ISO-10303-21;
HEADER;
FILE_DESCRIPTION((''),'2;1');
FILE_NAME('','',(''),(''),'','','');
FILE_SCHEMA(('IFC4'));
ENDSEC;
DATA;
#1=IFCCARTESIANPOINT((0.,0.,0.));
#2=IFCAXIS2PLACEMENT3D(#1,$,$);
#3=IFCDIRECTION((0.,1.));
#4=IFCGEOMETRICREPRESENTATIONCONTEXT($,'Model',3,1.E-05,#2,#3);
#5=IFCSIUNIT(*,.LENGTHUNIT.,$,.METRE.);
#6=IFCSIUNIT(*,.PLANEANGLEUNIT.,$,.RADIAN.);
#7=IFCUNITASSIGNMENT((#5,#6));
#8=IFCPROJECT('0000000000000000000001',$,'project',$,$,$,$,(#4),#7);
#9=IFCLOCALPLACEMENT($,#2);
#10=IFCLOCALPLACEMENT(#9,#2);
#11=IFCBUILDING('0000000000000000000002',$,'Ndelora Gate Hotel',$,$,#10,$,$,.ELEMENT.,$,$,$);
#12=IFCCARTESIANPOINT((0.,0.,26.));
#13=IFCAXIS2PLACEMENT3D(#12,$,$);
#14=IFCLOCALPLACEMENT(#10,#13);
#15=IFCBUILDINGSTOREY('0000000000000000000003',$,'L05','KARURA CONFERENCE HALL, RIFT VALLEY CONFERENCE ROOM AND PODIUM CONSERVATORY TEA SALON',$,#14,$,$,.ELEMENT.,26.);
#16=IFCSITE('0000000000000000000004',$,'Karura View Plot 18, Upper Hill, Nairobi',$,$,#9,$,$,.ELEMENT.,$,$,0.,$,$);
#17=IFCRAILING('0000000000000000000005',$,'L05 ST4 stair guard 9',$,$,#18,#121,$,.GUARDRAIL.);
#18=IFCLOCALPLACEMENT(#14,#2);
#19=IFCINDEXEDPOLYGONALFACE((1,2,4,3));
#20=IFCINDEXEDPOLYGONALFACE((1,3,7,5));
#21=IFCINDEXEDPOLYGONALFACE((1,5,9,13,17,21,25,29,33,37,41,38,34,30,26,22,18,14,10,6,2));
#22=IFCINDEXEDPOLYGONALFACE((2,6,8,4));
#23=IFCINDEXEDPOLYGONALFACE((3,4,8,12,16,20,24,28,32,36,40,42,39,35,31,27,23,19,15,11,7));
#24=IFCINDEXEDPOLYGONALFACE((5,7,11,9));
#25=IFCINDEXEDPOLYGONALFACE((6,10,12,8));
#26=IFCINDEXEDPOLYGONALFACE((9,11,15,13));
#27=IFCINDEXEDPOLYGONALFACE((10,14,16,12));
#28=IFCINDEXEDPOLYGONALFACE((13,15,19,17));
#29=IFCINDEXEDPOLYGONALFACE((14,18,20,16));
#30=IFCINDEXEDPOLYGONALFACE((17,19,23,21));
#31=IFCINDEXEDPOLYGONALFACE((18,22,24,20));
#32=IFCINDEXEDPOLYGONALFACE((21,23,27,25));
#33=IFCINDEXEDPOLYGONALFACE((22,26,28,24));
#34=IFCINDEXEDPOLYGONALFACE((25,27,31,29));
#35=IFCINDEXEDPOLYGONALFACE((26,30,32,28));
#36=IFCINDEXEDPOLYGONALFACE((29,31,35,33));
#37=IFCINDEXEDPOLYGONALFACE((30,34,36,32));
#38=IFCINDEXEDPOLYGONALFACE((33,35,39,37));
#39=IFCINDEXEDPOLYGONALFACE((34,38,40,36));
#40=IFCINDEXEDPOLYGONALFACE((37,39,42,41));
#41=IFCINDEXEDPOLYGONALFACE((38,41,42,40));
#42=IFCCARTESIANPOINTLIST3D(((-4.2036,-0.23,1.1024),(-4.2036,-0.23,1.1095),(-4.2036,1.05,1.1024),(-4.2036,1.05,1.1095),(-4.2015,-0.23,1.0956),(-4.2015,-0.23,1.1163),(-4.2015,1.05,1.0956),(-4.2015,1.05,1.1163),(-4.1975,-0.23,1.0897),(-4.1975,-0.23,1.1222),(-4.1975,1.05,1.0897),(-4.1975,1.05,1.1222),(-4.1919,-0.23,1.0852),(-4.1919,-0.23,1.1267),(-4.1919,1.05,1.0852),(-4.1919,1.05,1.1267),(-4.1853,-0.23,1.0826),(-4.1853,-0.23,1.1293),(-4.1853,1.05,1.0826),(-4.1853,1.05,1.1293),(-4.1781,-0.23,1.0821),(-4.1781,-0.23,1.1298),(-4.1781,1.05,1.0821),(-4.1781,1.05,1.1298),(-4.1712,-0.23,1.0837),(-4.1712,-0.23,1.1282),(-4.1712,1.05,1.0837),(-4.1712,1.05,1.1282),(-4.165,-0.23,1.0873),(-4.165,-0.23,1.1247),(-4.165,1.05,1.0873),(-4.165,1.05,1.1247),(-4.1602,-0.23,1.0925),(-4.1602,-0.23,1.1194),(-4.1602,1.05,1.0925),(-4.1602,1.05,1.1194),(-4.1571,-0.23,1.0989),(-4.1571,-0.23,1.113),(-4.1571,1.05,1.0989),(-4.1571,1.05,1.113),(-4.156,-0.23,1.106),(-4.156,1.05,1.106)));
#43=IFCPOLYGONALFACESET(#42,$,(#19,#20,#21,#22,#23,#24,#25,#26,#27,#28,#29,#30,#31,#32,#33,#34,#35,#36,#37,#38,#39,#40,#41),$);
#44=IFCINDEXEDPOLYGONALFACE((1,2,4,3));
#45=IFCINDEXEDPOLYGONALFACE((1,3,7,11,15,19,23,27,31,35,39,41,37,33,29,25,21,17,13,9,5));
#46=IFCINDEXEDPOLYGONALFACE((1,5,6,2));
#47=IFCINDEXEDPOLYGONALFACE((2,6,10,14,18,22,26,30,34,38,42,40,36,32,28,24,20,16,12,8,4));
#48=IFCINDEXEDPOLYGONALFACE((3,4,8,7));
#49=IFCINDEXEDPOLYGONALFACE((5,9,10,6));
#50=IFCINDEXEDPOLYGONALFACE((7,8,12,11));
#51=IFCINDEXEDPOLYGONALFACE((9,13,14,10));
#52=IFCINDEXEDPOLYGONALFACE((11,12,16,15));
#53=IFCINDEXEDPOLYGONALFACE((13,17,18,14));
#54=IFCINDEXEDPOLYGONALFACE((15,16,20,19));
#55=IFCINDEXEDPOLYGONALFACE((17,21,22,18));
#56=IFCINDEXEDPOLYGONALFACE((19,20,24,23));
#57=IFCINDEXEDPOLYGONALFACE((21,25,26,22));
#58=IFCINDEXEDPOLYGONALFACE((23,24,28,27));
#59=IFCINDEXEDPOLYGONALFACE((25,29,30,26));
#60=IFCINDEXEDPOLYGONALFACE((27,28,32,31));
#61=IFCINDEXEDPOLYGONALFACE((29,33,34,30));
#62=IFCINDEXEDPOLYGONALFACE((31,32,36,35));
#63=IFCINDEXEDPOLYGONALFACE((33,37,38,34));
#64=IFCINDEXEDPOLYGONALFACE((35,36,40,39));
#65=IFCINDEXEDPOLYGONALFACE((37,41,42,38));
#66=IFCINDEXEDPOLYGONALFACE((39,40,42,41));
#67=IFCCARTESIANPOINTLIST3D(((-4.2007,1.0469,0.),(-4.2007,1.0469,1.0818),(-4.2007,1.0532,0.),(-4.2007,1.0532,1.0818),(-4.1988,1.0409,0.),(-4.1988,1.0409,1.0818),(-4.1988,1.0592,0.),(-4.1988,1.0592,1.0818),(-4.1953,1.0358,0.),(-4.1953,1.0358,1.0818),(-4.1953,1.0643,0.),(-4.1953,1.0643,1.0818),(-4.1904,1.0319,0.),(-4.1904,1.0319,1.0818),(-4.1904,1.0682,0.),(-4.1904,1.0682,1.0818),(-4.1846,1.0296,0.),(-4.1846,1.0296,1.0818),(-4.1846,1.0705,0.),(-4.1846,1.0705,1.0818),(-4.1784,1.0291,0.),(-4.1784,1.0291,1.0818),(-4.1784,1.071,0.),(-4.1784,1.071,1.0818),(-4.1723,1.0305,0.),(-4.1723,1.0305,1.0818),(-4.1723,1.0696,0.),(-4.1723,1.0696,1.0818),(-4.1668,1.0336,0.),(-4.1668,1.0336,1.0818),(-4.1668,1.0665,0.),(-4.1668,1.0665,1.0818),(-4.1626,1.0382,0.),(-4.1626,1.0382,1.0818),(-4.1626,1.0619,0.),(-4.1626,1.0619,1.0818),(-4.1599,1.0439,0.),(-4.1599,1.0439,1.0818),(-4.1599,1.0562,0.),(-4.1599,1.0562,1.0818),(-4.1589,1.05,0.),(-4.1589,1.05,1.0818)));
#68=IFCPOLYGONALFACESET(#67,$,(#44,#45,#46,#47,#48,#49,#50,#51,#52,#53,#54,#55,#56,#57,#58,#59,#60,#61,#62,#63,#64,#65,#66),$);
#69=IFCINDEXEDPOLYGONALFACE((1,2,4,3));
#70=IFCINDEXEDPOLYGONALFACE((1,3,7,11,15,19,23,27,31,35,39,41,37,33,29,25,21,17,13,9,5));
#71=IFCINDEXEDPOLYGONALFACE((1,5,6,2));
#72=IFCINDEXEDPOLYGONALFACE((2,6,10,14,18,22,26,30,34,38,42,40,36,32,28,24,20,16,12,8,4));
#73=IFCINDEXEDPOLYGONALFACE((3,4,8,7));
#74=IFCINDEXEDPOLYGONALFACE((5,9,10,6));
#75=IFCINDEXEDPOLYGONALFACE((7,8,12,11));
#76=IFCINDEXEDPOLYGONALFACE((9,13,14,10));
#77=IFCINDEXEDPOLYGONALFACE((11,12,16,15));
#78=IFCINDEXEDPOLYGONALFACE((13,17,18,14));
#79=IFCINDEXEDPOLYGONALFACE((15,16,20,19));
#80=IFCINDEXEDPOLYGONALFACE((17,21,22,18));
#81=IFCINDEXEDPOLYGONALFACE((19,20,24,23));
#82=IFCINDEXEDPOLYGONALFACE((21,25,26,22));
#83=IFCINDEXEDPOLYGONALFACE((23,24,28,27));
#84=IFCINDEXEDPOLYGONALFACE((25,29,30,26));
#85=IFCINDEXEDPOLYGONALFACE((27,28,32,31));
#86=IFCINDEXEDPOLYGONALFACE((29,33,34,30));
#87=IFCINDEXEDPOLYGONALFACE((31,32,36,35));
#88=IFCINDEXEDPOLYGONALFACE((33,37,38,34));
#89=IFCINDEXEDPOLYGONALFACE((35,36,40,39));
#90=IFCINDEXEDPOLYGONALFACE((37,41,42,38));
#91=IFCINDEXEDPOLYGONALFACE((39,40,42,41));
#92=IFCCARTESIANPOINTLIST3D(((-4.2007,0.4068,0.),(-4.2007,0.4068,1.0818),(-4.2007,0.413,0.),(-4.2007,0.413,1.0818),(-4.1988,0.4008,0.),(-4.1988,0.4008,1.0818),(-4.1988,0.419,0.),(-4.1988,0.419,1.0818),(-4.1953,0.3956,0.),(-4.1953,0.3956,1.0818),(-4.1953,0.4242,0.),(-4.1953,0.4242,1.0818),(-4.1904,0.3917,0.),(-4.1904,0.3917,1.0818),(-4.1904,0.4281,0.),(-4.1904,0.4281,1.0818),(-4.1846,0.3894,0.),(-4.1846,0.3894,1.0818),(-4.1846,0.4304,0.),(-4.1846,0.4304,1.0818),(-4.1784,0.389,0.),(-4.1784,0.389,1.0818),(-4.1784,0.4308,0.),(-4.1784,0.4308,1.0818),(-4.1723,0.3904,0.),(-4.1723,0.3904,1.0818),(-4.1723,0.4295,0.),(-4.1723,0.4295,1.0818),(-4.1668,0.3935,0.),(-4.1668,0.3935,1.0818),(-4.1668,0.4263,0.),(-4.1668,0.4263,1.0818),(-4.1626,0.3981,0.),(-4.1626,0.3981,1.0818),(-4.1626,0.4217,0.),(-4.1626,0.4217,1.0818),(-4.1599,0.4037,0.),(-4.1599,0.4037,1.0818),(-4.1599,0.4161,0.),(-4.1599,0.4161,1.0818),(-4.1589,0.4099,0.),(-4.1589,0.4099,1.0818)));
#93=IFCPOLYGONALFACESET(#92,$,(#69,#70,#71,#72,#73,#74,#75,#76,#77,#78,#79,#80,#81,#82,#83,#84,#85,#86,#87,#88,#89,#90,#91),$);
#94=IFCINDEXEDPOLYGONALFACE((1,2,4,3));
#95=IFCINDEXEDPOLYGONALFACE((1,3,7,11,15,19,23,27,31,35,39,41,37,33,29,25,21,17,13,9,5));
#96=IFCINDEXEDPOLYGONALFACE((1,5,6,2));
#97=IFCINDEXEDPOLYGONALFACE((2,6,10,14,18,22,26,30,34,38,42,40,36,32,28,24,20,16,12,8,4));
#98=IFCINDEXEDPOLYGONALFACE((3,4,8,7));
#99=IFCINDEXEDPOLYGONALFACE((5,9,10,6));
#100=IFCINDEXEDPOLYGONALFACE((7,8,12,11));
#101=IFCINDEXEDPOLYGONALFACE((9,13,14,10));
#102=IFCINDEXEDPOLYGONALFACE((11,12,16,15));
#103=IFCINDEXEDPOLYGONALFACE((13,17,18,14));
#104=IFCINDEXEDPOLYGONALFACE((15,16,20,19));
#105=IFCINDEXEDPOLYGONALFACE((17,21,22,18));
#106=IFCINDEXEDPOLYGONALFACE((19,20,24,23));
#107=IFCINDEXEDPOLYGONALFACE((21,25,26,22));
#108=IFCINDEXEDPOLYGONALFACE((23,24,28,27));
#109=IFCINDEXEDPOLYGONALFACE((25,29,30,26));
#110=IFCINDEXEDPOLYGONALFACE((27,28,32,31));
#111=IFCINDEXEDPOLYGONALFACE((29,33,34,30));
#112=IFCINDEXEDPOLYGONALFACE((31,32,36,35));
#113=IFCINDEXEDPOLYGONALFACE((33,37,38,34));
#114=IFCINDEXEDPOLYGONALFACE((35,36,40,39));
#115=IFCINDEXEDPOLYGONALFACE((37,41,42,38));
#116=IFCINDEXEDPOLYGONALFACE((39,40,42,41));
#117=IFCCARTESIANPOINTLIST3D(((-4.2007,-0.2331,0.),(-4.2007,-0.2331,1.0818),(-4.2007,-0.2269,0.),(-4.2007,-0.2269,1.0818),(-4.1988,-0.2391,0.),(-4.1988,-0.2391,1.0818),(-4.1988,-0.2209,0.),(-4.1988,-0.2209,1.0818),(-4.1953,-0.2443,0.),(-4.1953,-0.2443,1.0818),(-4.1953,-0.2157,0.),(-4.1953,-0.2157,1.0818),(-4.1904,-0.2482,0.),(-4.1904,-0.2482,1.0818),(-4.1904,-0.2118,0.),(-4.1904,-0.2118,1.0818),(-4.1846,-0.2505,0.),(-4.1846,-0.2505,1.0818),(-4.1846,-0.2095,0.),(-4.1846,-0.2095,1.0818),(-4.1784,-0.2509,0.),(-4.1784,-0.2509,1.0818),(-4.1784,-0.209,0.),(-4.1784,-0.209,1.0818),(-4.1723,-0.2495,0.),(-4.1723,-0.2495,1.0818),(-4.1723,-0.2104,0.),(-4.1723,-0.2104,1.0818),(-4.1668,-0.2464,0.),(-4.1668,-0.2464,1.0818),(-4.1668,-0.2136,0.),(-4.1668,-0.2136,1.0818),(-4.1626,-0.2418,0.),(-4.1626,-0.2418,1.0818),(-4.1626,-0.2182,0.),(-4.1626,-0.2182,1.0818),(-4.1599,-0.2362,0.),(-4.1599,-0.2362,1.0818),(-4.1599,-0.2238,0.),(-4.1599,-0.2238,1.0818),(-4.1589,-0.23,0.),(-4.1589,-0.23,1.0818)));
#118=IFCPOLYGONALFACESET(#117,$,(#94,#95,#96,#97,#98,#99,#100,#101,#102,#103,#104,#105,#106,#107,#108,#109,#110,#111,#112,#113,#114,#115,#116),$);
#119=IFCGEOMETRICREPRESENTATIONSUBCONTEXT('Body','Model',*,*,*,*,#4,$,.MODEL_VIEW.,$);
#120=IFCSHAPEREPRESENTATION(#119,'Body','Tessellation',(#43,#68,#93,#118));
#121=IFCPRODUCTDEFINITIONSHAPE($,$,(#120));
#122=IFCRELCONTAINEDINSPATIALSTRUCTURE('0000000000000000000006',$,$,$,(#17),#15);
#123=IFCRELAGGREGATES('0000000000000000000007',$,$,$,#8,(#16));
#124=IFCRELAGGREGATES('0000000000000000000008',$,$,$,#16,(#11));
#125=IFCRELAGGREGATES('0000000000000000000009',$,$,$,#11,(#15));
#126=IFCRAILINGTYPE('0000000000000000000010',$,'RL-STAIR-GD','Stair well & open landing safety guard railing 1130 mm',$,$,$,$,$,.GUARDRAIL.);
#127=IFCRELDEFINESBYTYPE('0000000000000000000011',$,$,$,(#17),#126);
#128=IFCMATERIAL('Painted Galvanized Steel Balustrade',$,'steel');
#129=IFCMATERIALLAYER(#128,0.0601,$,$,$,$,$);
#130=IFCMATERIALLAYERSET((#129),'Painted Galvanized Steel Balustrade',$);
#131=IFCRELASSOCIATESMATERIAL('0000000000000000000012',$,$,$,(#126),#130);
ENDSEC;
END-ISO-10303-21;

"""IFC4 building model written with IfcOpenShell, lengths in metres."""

from ifc_helpers import new_model, si_unit, direction, frame, origin, origin_2d, place, context, subcontext, project, spatial, circle, extrude, material, layer, layer_set, type_object, element, save


model = new_model("IFC4")

# Units and contexts
model_context = context("Model", 3, precision=1e-05, world=origin(), true_north=direction((0.0, 1.0)))
body_context = subcontext(model_context, "Body", "Model", "MODEL_VIEW")
ifc_project = project(units=[si_unit("LENGTHUNIT", "METRE"), si_unit("PLANEANGLEUNIT", "RADIAN")], contexts=[model_context])

# Site, building, storey
site_placement = place(None, origin())
site = spatial("IfcSite", under=ifc_project, at=site_placement, Name="Karura View Plot 18, Upper Hill, Nairobi", CompositionType="ELEMENT", RefElevation=0.0)
building_placement = place(site_placement, origin())
building = spatial("IfcBuilding", under=site, at=building_placement, Name="Ndelora Gate Hotel", CompositionType="ELEMENT")
storey_placement = place(building_placement, frame((0.0, 0.0, 26.0)))
storey = spatial("IfcBuildingStorey", under=building, at=storey_placement, Name="L05", Description="KARURA CONFERENCE HALL, RIFT VALLEY CONFERENCE ROOM AND PODIUM CONSERVATORY TEA SALON", CompositionType="ELEMENT", Elevation=26.0)

# Railing
ifc_material_1 = material(Name="Painted Galvanized Steel Balustrade", Category="steel")
ifc_layer_1 = layer(ifc_material_1, 0.0601)
ifc_layer_set_1 = layer_set([ifc_layer_1], Name="Painted Galvanized Steel Balustrade")
railing_type_1 = type_object("IfcRailingType", Name="RL-STAIR-GD", Description="Stair well & open landing safety guard railing 1130 mm", PredefinedType="GUARDRAIL", material=ifc_layer_set_1)
for number, where, name in (
    (1, (-4.1799, 1.05, 0.0), "L05 ST4 stair guard 9"),
):
    element("IfcRailing", number, at=place(storey_placement, frame(where)), inside=storey, type_object=railing_type_1, Name=name, PredefinedType="GUARDRAIL", context=body_context, shape_type="SweptSolid", body=[
        extrude(circle(Radius=0.0239, at=origin_2d()), frame((0.0, 0.0, 1.106), z_axis=(0.0, -1.0, 0.0), x_axis=(1.0, 0.0, 0.0)), (0.0, 0.0, 1.0), 1.28),
        extrude(circle(Radius=0.021, at=origin_2d()), origin(), (0.0, 0.0, 1.0), 1.0818),
        extrude(circle(Radius=0.021, at=origin_2d()), frame((0.0, -0.6401, 0.0)), (0.0, 0.0, 1.0), 1.0818),
        extrude(circle(Radius=0.021, at=origin_2d()), frame((0.0, -1.28, 0.0)), (0.0, 0.0, 1.0), 1.0818),
    ])

save(model, "model.ifc")
